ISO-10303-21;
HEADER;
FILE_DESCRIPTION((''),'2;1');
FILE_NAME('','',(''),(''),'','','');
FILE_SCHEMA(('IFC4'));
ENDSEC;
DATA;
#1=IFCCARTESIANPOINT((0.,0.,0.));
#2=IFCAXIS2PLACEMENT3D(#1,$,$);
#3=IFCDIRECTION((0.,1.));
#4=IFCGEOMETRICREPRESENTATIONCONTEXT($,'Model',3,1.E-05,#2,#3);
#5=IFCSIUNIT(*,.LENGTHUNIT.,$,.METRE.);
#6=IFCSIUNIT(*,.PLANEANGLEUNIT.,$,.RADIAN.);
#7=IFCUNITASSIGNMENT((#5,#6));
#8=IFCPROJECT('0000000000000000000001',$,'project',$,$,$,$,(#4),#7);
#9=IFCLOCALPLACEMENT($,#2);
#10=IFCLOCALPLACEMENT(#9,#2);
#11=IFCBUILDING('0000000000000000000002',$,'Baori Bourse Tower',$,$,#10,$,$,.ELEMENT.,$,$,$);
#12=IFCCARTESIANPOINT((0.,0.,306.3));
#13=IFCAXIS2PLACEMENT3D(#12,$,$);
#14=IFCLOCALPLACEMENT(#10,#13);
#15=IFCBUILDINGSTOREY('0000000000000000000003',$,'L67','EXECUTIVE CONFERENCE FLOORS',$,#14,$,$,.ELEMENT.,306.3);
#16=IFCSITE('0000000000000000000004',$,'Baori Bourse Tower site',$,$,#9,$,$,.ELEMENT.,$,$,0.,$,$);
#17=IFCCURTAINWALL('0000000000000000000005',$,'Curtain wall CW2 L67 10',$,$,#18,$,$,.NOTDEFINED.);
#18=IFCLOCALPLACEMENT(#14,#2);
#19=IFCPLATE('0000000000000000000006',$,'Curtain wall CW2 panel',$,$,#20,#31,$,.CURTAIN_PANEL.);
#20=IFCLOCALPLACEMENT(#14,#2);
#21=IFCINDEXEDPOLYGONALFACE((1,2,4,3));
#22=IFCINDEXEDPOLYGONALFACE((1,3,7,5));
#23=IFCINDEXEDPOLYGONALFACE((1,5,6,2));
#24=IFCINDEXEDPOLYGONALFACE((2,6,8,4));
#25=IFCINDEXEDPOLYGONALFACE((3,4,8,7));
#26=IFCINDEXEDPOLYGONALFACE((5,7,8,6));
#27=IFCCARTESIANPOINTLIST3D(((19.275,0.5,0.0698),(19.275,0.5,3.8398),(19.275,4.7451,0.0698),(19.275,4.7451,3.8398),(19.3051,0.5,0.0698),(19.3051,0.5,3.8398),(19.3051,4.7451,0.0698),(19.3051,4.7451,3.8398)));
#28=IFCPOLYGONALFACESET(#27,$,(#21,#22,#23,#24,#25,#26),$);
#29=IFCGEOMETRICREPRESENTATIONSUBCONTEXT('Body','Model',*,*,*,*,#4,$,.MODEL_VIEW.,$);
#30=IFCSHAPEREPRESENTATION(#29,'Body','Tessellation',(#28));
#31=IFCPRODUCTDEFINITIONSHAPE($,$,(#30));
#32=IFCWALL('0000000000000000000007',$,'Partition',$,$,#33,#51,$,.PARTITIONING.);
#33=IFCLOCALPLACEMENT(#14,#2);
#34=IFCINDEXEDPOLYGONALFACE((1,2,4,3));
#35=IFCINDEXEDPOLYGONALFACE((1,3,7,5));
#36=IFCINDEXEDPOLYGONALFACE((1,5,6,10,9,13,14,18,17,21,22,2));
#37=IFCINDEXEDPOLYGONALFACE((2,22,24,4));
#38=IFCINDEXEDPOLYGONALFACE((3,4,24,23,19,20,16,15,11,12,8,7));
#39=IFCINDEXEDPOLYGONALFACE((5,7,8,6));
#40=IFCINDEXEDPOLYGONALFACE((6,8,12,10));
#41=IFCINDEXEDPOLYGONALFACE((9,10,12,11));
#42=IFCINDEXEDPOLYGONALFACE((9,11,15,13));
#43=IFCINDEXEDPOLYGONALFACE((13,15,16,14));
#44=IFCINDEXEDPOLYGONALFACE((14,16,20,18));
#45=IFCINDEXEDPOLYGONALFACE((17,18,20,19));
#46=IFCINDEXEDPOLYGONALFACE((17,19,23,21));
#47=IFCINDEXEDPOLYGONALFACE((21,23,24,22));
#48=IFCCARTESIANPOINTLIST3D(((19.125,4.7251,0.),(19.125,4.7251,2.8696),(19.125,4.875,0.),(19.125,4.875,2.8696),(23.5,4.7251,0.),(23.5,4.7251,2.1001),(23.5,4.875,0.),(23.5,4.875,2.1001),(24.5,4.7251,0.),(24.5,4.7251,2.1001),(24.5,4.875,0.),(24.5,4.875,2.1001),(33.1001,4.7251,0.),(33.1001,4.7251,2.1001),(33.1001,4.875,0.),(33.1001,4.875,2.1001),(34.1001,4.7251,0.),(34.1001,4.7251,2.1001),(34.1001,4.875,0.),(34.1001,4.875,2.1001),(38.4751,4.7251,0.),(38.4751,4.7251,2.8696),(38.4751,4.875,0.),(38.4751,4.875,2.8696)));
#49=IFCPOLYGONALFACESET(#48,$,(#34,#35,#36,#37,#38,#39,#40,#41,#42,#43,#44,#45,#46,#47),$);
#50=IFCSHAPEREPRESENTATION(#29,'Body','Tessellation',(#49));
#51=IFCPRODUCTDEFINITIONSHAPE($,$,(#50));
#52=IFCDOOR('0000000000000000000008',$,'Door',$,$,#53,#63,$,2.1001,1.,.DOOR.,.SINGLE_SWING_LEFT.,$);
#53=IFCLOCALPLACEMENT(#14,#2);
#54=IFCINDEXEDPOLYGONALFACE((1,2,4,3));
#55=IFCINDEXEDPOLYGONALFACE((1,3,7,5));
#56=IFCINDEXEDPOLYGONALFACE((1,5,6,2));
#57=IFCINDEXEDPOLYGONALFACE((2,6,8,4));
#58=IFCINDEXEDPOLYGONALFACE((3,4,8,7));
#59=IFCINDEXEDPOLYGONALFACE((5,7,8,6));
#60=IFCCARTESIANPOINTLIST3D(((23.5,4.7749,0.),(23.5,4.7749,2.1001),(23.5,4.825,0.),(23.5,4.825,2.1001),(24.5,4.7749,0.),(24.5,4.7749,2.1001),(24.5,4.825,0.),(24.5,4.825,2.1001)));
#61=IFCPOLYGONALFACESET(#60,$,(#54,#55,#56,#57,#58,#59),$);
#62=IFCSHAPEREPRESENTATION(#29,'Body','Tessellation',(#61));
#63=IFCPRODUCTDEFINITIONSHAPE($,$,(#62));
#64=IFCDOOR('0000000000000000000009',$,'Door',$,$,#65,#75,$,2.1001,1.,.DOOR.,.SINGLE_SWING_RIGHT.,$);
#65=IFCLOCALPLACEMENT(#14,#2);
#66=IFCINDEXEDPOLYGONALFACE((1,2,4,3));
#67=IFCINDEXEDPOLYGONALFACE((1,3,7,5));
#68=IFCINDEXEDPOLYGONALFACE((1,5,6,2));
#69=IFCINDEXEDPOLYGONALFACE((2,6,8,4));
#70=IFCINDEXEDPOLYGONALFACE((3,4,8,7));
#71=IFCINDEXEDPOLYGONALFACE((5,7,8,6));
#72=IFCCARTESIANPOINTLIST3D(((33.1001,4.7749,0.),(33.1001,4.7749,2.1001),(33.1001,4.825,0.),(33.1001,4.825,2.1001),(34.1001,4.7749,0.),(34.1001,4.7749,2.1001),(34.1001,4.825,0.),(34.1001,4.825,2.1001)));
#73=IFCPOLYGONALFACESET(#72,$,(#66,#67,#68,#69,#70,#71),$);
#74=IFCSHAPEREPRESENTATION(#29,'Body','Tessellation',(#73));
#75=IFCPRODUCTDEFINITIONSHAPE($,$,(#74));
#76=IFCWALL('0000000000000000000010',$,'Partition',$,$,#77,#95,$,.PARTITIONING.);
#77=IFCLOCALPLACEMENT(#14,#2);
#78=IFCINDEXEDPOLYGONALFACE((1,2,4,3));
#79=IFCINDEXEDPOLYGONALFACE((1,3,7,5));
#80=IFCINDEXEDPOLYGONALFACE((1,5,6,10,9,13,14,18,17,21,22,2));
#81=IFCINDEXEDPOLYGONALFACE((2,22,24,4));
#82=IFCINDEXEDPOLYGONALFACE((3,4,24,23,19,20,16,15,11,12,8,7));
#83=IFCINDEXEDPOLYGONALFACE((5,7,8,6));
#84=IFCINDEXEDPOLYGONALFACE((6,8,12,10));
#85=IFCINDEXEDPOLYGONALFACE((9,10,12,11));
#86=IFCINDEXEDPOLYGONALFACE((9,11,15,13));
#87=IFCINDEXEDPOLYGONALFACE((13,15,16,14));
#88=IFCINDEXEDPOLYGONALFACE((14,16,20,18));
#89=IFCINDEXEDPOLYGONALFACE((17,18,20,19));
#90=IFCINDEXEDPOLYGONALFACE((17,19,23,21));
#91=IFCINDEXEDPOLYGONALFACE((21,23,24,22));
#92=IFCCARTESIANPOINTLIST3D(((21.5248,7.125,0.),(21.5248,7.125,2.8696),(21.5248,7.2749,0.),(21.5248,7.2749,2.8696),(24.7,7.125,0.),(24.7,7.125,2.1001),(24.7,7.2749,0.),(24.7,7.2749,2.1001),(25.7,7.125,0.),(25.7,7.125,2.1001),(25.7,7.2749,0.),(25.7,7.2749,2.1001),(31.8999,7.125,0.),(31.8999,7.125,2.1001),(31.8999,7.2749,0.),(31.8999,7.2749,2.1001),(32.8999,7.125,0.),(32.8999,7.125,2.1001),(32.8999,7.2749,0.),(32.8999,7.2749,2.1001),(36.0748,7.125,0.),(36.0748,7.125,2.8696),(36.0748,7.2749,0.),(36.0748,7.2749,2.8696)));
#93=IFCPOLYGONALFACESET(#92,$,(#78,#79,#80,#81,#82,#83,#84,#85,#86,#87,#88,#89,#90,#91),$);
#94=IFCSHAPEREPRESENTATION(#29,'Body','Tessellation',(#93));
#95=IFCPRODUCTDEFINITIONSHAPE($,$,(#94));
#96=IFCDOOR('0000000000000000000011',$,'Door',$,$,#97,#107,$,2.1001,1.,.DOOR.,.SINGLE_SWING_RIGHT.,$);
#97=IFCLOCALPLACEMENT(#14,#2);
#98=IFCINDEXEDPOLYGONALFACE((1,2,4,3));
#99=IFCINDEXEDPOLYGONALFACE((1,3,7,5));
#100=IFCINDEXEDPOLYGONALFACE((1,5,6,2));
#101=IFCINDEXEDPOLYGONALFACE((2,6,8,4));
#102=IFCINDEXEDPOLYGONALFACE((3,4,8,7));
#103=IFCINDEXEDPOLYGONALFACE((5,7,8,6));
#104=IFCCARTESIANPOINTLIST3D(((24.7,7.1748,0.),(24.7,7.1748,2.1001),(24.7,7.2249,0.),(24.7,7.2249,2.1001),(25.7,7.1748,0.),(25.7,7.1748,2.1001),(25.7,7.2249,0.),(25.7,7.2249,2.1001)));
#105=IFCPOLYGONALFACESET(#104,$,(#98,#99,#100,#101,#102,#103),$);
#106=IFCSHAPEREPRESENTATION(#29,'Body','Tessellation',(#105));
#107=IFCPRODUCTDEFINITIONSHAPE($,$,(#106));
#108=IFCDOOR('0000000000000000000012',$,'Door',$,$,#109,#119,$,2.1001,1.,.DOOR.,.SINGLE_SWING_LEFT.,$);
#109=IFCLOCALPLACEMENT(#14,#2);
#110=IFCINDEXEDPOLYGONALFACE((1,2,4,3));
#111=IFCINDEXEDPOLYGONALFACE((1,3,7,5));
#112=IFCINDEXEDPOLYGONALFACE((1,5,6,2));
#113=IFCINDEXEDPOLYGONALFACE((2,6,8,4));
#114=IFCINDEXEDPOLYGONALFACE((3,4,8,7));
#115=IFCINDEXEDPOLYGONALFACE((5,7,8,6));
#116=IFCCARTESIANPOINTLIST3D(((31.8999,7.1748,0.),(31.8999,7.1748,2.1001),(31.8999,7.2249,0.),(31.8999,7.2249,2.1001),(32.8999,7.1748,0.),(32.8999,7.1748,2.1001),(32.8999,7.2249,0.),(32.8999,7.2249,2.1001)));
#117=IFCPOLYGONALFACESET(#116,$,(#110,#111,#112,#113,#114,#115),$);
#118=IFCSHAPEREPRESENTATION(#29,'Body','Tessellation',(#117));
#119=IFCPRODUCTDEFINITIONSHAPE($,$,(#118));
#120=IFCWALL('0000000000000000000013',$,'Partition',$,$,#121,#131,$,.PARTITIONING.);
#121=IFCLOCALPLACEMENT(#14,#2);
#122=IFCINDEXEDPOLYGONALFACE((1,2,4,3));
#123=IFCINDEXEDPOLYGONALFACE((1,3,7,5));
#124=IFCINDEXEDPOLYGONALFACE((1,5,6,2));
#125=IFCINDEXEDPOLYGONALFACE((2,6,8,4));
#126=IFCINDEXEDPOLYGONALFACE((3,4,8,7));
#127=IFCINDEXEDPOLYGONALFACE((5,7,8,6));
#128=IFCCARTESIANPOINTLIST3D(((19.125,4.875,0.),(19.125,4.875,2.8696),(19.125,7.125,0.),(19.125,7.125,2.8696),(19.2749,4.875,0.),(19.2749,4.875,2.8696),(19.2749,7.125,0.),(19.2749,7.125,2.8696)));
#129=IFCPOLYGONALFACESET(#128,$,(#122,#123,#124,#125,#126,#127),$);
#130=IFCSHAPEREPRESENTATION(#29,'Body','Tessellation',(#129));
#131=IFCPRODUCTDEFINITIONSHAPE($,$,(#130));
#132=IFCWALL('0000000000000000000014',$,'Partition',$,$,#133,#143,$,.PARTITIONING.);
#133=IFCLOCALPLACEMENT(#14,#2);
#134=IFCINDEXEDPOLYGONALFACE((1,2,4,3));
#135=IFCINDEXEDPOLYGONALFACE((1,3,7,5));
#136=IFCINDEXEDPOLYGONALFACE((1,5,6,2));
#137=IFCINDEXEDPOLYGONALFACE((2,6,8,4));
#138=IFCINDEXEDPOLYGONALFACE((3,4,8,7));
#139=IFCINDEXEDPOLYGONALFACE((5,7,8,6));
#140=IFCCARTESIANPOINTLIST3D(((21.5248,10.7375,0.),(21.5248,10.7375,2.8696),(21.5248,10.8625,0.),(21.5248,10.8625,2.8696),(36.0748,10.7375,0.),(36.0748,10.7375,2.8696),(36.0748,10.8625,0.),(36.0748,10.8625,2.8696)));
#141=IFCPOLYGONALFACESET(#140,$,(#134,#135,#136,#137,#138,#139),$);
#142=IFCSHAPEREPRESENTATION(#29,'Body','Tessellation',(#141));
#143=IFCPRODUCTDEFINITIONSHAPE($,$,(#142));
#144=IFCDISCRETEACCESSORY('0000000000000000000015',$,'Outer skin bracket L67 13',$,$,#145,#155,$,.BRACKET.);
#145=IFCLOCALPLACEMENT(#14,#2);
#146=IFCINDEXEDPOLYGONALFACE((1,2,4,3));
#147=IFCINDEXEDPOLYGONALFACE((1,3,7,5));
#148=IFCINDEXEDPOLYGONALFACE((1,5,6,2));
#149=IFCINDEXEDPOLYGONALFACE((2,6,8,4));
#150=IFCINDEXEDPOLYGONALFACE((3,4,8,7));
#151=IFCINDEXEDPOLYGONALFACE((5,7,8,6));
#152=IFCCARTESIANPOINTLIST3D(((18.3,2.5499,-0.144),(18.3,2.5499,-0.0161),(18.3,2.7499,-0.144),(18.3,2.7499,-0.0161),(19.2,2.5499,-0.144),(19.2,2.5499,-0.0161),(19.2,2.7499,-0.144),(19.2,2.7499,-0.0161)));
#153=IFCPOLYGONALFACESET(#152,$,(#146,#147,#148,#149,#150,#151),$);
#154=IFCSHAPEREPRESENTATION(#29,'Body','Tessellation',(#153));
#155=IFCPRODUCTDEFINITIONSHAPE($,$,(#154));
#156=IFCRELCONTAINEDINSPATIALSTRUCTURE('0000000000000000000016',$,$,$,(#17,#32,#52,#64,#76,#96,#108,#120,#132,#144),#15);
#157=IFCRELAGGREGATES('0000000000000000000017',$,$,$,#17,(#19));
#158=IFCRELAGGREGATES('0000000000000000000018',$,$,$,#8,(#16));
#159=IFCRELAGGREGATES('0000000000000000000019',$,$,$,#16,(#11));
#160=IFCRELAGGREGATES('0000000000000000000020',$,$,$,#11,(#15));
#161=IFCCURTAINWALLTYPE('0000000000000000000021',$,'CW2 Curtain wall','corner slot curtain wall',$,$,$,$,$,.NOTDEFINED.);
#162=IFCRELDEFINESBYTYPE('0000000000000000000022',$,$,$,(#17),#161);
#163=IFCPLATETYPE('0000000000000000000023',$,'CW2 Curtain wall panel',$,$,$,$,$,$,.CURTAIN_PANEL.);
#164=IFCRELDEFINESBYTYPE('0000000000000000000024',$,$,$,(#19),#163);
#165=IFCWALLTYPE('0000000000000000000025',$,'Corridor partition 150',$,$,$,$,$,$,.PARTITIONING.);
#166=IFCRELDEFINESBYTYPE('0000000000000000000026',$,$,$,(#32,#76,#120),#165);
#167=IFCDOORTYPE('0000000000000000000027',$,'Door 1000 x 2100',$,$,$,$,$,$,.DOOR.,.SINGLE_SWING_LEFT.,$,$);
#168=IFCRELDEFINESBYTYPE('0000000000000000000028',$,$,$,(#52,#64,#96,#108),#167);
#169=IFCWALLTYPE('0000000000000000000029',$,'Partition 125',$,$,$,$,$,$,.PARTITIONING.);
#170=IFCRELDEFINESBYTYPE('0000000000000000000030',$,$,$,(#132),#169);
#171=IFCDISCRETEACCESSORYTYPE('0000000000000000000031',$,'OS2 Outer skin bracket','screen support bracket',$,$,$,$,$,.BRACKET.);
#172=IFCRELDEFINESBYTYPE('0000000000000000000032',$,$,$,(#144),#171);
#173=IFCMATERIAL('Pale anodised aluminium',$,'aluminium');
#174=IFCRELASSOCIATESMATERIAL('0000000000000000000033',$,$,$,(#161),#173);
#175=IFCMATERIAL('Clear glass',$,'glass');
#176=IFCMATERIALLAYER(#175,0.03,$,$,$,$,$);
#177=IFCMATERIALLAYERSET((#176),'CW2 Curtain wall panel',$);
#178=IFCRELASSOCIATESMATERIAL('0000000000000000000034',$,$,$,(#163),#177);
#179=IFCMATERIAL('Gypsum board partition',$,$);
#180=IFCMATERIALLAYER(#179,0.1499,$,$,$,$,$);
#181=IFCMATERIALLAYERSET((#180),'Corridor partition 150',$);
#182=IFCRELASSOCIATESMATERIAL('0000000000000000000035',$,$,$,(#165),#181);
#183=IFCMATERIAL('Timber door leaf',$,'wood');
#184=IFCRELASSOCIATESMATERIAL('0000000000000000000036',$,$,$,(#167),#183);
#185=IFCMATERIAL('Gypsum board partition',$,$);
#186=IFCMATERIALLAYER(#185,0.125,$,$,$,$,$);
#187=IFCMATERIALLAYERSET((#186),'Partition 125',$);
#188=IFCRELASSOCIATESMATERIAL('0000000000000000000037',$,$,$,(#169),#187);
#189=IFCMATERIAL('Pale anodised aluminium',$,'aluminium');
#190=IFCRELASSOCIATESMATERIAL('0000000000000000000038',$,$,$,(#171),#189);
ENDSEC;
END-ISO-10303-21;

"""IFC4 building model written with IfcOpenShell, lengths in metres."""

from ifc_helpers import new_model, si_unit, direction, frame, frame_2d, origin, origin_2d, place, context, subcontext, project, spatial, rectangle, extrude, material, layer, layer_set, type_object, element, fill, aggregate, save


model = new_model("IFC4")

# Units and contexts
model_context = context("Model", 3, precision=1e-05, world=origin(), true_north=direction((0.0, 1.0)))
body_context = subcontext(model_context, "Body", "Model", "MODEL_VIEW")
ifc_project = project(units=[si_unit("LENGTHUNIT", "METRE"), si_unit("PLANEANGLEUNIT", "RADIAN")], contexts=[model_context])

# Site, building, storey
site_placement = place(None, origin())
site = spatial("IfcSite", under=ifc_project, at=site_placement, Name="Baori Bourse Tower site", CompositionType="ELEMENT", RefElevation=0.0)
building_placement = place(site_placement, origin())
building = spatial("IfcBuilding", under=site, at=building_placement, Name="Baori Bourse Tower", CompositionType="ELEMENT")
storey_placement = place(building_placement, frame((0.0, 0.0, 306.3)))
storey = spatial("IfcBuildingStorey", under=building, at=storey_placement, Name="L67", Description="EXECUTIVE CONFERENCE FLOORS", CompositionType="ELEMENT", Elevation=306.3)

# Curtain wall
ifc_material_1 = material(Name="Pale anodised aluminium", Category="aluminium")
curtain_wall_type_1 = type_object("IfcCurtainWallType", Name="CW2 Curtain wall", Description="corner slot curtain wall", PredefinedType="NOTDEFINED", material=ifc_material_1)
curtain_wall_1_placement = place(storey_placement, origin())
curtain_wall_1 = element("IfcCurtainWall", 1, at=curtain_wall_1_placement, inside=storey, type_object=curtain_wall_type_1, Name="Curtain wall CW2 L67 10", PredefinedType="NOTDEFINED")

# Plate
ifc_material_2 = material(Name="Clear glass", Category="glass")
ifc_layer_1 = layer(ifc_material_2, 0.03)
ifc_layer_set_1 = layer_set([ifc_layer_1], Name="CW2 Curtain wall panel")
plate_type = type_object("IfcPlateType", Name="CW2 Curtain wall panel", PredefinedType="CURTAIN_PANEL", material=ifc_layer_set_1)
plate_placement = place(storey_placement, frame((19.29, 2.6226, 0.0698), z_axis=(0.0, 0.0, 1.0), x_axis=(0.0, -1.0, 0.0)))
plate = element("IfcPlate", 2, at=plate_placement, type_object=plate_type, Name="Curtain wall CW2 panel", PredefinedType="CURTAIN_PANEL", context=body_context, shape_type="SweptSolid", body=[
    extrude(rectangle(XDim=4.2451, YDim=0.03, at=origin_2d()), origin(), (0.0, 0.0, 1.0), 3.77),
])
aggregate(curtain_wall_1, [plate])

# Walls, openings, doors
ifc_material_3 = material(Name="Gypsum board partition")
ifc_layer_2 = layer(ifc_material_3, 0.1499)
ifc_layer_set_2 = layer_set([ifc_layer_2], Name="Corridor partition 150")
wall_type_1 = type_object("IfcWallType", Name="Corridor partition 150", PredefinedType="PARTITIONING", material=ifc_layer_set_2)
wall_1_placement = place(storey_placement, frame((19.125, 4.8, 0.0), z_axis=(0.0, 0.0, 1.0), x_axis=(1.0, 0.0, 0.0)))
wall_1 = element("IfcWall", 3, at=wall_1_placement, inside=storey, type_object=wall_type_1, Name="Partition", PredefinedType="PARTITIONING", context=body_context, shape_type="SweptSolid", body=[
    extrude(rectangle(XDim=19.3501, YDim=0.1499, at=frame_2d((9.675, 0.0))), origin(), (0.0, 0.0, 1.0), 2.8696),
])
opening_1_placement = place(wall_1_placement, frame((4.375, 0.0, 0.0)))
opening_1 = element("IfcOpeningElement", 4, at=opening_1_placement, cuts=wall_1, PredefinedType="OPENING", context=body_context, shape_type="SweptSolid", body=[
    extrude(rectangle(XDim=1.0, YDim=2.1001, at=frame_2d((0.5, 1.05))), frame((0.0, 0.085, 0.0), z_axis=(0.0, -1.0, 0.0), x_axis=(1.0, 0.0, 0.0)), (0.0, 0.0, 1.0), 0.1699),
])
opening_2_placement = place(wall_1_placement, frame((13.9751, 0.0, 0.0)))
opening_2 = element("IfcOpeningElement", 5, at=opening_2_placement, cuts=wall_1, PredefinedType="OPENING", context=body_context, shape_type="SweptSolid", body=[
    extrude(rectangle(XDim=1.0, YDim=2.1001, at=frame_2d((0.5, 1.05))), frame((0.0, 0.085, 0.0), z_axis=(0.0, -1.0, 0.0), x_axis=(1.0, 0.0, 0.0)), (0.0, 0.0, 1.0), 0.1699),
])
ifc_material_4 = material(Name="Timber door leaf", Category="wood")
door_type = type_object("IfcDoorType", Name="Door 1000 x 2100", OperationType="SINGLE_SWING_LEFT", PredefinedType="DOOR", material=ifc_material_4)
door_1_placement = place(opening_1_placement, origin())
door_1 = element("IfcDoor", 6, at=door_1_placement, inside=storey, type_object=door_type, Name="Door", OperationType="SINGLE_SWING_LEFT", OverallHeight=2.1001, OverallWidth=1.0, PredefinedType="DOOR", context=body_context, shape_type="SweptSolid", body=[
    extrude(rectangle(XDim=1.0, YDim=2.1001, at=frame_2d((0.5, 1.05))), frame((0.0, 0.0249, 0.0), z_axis=(0.0, -1.0, 0.0), x_axis=(1.0, 0.0, 0.0)), (0.0, 0.0, 1.0), 0.05),
])
fill(opening_1, door_1)
door_2_placement = place(opening_2_placement, origin())
door_2 = element("IfcDoor", 7, at=door_2_placement, inside=storey, type_object=door_type, Name="Door", OperationType="SINGLE_SWING_RIGHT", OverallHeight=2.1001, OverallWidth=1.0, PredefinedType="DOOR", context=body_context, shape_type="SweptSolid", body=[
    extrude(rectangle(XDim=1.0, YDim=2.1001, at=frame_2d((0.5, 1.05))), frame((0.0, 0.0249, 0.0), z_axis=(0.0, -1.0, 0.0), x_axis=(1.0, 0.0, 0.0)), (0.0, 0.0, 1.0), 0.05),
])
fill(opening_2, door_2)
wall_2_placement = place(storey_placement, frame((21.5249, 7.2, 0.0), z_axis=(0.0, 0.0, 1.0), x_axis=(1.0, 0.0, 0.0)))
wall_2 = element("IfcWall", 8, at=wall_2_placement, inside=storey, type_object=wall_type_1, Name="Partition", PredefinedType="PARTITIONING", context=body_context, shape_type="SweptSolid", body=[
    extrude(rectangle(XDim=14.55, YDim=0.1499, at=frame_2d((7.2749, 0.0))), origin(), (0.0, 0.0, 1.0), 2.8696),
])
opening_3_placement = place(wall_2_placement, frame((3.175, 0.0, 0.0)))
opening_3 = element("IfcOpeningElement", 9, at=opening_3_placement, cuts=wall_2, PredefinedType="OPENING", context=body_context, shape_type="SweptSolid", body=[
    extrude(rectangle(XDim=1.0, YDim=2.1001, at=frame_2d((0.5, 1.05))), frame((0.0, 0.085, 0.0), z_axis=(0.0, -1.0, 0.0), x_axis=(1.0, 0.0, 0.0)), (0.0, 0.0, 1.0), 0.1699),
])
opening_4_placement = place(wall_2_placement, frame((10.375, 0.0, 0.0)))
opening_4 = element("IfcOpeningElement", 10, at=opening_4_placement, cuts=wall_2, PredefinedType="OPENING", context=body_context, shape_type="SweptSolid", body=[
    extrude(rectangle(XDim=1.0, YDim=2.1001, at=frame_2d((0.5, 1.05))), frame((0.0, 0.085, 0.0), z_axis=(0.0, -1.0, 0.0), x_axis=(1.0, 0.0, 0.0)), (0.0, 0.0, 1.0), 0.1699),
])
door_3_placement = place(opening_3_placement, origin())
door_3 = element("IfcDoor", 11, at=door_3_placement, inside=storey, type_object=door_type, Name="Door", OperationType="SINGLE_SWING_RIGHT", OverallHeight=2.1001, OverallWidth=1.0, PredefinedType="DOOR", context=body_context, shape_type="SweptSolid", body=[
    extrude(rectangle(XDim=1.0, YDim=2.1001, at=frame_2d((0.5, 1.05))), frame((0.0, 0.0249, 0.0), z_axis=(0.0, -1.0, 0.0), x_axis=(1.0, 0.0, 0.0)), (0.0, 0.0, 1.0), 0.05),
])
fill(opening_3, door_3)
door_4_placement = place(opening_4_placement, origin())
door_4 = element("IfcDoor", 12, at=door_4_placement, inside=storey, type_object=door_type, Name="Door", OperationType="SINGLE_SWING_LEFT", OverallHeight=2.1001, OverallWidth=1.0, PredefinedType="DOOR", context=body_context, shape_type="SweptSolid", body=[
    extrude(rectangle(XDim=1.0, YDim=2.1001, at=frame_2d((0.5, 1.05))), frame((0.0, 0.0249, 0.0), z_axis=(0.0, -1.0, 0.0), x_axis=(1.0, 0.0, 0.0)), (0.0, 0.0, 1.0), 0.05),
])
fill(opening_4, door_4)

# Walls
wall_3_placement = place(storey_placement, frame((19.2, 4.875, 0.0), z_axis=(0.0, 0.0, 1.0), x_axis=(0.0, 1.0, 0.0)))
element("IfcWall", 13, at=wall_3_placement, inside=storey, type_object=wall_type_1, Name="Partition", PredefinedType="PARTITIONING", context=body_context, shape_type="SweptSolid", body=[
    extrude(rectangle(XDim=2.25, YDim=0.1499, at=frame_2d((1.125, 0.0))), origin(), (0.0, 0.0, 1.0), 2.8696),
])
ifc_material_5 = material(Name="Gypsum board partition")
ifc_layer_3 = layer(ifc_material_5, 0.125)
ifc_layer_set_3 = layer_set([ifc_layer_3], Name="Partition 125")
wall_type_2 = type_object("IfcWallType", Name="Partition 125", PredefinedType="PARTITIONING", material=ifc_layer_set_3)
wall_4_placement = place(storey_placement, frame((21.5249, 10.8, 0.0), z_axis=(0.0, 0.0, 1.0), x_axis=(1.0, 0.0, 0.0)))
element("IfcWall", 14, at=wall_4_placement, inside=storey, type_object=wall_type_2, Name="Partition", PredefinedType="PARTITIONING", context=body_context, shape_type="SweptSolid", body=[
    extrude(rectangle(XDim=14.55, YDim=0.125, at=frame_2d((7.2749, 0.0))), origin(), (0.0, 0.0, 1.0), 2.8696),
])

# Discrete accessory
ifc_material_6 = material(Name="Pale anodised aluminium", Category="aluminium")
discrete_accessory_type = type_object("IfcDiscreteAccessoryType", Name="OS2 Outer skin bracket", Description="screen support bracket", PredefinedType="BRACKET", material=ifc_material_6)
discrete_accessory_placement = place(storey_placement, frame((18.75, 2.6499, -0.144), z_axis=(0.0, 0.0, 1.0), x_axis=(0.0, -1.0, 0.0)))
element("IfcDiscreteAccessory", 15, at=discrete_accessory_placement, inside=storey, type_object=discrete_accessory_type, Name="Outer skin bracket L67 13", PredefinedType="BRACKET", context=body_context, shape_type="SweptSolid", body=[
    extrude(rectangle(XDim=0.2, YDim=0.8999, at=origin_2d()), origin(), (0.0, 0.0, 1.0), 0.1279),
])

save(model, "model.ifc")
